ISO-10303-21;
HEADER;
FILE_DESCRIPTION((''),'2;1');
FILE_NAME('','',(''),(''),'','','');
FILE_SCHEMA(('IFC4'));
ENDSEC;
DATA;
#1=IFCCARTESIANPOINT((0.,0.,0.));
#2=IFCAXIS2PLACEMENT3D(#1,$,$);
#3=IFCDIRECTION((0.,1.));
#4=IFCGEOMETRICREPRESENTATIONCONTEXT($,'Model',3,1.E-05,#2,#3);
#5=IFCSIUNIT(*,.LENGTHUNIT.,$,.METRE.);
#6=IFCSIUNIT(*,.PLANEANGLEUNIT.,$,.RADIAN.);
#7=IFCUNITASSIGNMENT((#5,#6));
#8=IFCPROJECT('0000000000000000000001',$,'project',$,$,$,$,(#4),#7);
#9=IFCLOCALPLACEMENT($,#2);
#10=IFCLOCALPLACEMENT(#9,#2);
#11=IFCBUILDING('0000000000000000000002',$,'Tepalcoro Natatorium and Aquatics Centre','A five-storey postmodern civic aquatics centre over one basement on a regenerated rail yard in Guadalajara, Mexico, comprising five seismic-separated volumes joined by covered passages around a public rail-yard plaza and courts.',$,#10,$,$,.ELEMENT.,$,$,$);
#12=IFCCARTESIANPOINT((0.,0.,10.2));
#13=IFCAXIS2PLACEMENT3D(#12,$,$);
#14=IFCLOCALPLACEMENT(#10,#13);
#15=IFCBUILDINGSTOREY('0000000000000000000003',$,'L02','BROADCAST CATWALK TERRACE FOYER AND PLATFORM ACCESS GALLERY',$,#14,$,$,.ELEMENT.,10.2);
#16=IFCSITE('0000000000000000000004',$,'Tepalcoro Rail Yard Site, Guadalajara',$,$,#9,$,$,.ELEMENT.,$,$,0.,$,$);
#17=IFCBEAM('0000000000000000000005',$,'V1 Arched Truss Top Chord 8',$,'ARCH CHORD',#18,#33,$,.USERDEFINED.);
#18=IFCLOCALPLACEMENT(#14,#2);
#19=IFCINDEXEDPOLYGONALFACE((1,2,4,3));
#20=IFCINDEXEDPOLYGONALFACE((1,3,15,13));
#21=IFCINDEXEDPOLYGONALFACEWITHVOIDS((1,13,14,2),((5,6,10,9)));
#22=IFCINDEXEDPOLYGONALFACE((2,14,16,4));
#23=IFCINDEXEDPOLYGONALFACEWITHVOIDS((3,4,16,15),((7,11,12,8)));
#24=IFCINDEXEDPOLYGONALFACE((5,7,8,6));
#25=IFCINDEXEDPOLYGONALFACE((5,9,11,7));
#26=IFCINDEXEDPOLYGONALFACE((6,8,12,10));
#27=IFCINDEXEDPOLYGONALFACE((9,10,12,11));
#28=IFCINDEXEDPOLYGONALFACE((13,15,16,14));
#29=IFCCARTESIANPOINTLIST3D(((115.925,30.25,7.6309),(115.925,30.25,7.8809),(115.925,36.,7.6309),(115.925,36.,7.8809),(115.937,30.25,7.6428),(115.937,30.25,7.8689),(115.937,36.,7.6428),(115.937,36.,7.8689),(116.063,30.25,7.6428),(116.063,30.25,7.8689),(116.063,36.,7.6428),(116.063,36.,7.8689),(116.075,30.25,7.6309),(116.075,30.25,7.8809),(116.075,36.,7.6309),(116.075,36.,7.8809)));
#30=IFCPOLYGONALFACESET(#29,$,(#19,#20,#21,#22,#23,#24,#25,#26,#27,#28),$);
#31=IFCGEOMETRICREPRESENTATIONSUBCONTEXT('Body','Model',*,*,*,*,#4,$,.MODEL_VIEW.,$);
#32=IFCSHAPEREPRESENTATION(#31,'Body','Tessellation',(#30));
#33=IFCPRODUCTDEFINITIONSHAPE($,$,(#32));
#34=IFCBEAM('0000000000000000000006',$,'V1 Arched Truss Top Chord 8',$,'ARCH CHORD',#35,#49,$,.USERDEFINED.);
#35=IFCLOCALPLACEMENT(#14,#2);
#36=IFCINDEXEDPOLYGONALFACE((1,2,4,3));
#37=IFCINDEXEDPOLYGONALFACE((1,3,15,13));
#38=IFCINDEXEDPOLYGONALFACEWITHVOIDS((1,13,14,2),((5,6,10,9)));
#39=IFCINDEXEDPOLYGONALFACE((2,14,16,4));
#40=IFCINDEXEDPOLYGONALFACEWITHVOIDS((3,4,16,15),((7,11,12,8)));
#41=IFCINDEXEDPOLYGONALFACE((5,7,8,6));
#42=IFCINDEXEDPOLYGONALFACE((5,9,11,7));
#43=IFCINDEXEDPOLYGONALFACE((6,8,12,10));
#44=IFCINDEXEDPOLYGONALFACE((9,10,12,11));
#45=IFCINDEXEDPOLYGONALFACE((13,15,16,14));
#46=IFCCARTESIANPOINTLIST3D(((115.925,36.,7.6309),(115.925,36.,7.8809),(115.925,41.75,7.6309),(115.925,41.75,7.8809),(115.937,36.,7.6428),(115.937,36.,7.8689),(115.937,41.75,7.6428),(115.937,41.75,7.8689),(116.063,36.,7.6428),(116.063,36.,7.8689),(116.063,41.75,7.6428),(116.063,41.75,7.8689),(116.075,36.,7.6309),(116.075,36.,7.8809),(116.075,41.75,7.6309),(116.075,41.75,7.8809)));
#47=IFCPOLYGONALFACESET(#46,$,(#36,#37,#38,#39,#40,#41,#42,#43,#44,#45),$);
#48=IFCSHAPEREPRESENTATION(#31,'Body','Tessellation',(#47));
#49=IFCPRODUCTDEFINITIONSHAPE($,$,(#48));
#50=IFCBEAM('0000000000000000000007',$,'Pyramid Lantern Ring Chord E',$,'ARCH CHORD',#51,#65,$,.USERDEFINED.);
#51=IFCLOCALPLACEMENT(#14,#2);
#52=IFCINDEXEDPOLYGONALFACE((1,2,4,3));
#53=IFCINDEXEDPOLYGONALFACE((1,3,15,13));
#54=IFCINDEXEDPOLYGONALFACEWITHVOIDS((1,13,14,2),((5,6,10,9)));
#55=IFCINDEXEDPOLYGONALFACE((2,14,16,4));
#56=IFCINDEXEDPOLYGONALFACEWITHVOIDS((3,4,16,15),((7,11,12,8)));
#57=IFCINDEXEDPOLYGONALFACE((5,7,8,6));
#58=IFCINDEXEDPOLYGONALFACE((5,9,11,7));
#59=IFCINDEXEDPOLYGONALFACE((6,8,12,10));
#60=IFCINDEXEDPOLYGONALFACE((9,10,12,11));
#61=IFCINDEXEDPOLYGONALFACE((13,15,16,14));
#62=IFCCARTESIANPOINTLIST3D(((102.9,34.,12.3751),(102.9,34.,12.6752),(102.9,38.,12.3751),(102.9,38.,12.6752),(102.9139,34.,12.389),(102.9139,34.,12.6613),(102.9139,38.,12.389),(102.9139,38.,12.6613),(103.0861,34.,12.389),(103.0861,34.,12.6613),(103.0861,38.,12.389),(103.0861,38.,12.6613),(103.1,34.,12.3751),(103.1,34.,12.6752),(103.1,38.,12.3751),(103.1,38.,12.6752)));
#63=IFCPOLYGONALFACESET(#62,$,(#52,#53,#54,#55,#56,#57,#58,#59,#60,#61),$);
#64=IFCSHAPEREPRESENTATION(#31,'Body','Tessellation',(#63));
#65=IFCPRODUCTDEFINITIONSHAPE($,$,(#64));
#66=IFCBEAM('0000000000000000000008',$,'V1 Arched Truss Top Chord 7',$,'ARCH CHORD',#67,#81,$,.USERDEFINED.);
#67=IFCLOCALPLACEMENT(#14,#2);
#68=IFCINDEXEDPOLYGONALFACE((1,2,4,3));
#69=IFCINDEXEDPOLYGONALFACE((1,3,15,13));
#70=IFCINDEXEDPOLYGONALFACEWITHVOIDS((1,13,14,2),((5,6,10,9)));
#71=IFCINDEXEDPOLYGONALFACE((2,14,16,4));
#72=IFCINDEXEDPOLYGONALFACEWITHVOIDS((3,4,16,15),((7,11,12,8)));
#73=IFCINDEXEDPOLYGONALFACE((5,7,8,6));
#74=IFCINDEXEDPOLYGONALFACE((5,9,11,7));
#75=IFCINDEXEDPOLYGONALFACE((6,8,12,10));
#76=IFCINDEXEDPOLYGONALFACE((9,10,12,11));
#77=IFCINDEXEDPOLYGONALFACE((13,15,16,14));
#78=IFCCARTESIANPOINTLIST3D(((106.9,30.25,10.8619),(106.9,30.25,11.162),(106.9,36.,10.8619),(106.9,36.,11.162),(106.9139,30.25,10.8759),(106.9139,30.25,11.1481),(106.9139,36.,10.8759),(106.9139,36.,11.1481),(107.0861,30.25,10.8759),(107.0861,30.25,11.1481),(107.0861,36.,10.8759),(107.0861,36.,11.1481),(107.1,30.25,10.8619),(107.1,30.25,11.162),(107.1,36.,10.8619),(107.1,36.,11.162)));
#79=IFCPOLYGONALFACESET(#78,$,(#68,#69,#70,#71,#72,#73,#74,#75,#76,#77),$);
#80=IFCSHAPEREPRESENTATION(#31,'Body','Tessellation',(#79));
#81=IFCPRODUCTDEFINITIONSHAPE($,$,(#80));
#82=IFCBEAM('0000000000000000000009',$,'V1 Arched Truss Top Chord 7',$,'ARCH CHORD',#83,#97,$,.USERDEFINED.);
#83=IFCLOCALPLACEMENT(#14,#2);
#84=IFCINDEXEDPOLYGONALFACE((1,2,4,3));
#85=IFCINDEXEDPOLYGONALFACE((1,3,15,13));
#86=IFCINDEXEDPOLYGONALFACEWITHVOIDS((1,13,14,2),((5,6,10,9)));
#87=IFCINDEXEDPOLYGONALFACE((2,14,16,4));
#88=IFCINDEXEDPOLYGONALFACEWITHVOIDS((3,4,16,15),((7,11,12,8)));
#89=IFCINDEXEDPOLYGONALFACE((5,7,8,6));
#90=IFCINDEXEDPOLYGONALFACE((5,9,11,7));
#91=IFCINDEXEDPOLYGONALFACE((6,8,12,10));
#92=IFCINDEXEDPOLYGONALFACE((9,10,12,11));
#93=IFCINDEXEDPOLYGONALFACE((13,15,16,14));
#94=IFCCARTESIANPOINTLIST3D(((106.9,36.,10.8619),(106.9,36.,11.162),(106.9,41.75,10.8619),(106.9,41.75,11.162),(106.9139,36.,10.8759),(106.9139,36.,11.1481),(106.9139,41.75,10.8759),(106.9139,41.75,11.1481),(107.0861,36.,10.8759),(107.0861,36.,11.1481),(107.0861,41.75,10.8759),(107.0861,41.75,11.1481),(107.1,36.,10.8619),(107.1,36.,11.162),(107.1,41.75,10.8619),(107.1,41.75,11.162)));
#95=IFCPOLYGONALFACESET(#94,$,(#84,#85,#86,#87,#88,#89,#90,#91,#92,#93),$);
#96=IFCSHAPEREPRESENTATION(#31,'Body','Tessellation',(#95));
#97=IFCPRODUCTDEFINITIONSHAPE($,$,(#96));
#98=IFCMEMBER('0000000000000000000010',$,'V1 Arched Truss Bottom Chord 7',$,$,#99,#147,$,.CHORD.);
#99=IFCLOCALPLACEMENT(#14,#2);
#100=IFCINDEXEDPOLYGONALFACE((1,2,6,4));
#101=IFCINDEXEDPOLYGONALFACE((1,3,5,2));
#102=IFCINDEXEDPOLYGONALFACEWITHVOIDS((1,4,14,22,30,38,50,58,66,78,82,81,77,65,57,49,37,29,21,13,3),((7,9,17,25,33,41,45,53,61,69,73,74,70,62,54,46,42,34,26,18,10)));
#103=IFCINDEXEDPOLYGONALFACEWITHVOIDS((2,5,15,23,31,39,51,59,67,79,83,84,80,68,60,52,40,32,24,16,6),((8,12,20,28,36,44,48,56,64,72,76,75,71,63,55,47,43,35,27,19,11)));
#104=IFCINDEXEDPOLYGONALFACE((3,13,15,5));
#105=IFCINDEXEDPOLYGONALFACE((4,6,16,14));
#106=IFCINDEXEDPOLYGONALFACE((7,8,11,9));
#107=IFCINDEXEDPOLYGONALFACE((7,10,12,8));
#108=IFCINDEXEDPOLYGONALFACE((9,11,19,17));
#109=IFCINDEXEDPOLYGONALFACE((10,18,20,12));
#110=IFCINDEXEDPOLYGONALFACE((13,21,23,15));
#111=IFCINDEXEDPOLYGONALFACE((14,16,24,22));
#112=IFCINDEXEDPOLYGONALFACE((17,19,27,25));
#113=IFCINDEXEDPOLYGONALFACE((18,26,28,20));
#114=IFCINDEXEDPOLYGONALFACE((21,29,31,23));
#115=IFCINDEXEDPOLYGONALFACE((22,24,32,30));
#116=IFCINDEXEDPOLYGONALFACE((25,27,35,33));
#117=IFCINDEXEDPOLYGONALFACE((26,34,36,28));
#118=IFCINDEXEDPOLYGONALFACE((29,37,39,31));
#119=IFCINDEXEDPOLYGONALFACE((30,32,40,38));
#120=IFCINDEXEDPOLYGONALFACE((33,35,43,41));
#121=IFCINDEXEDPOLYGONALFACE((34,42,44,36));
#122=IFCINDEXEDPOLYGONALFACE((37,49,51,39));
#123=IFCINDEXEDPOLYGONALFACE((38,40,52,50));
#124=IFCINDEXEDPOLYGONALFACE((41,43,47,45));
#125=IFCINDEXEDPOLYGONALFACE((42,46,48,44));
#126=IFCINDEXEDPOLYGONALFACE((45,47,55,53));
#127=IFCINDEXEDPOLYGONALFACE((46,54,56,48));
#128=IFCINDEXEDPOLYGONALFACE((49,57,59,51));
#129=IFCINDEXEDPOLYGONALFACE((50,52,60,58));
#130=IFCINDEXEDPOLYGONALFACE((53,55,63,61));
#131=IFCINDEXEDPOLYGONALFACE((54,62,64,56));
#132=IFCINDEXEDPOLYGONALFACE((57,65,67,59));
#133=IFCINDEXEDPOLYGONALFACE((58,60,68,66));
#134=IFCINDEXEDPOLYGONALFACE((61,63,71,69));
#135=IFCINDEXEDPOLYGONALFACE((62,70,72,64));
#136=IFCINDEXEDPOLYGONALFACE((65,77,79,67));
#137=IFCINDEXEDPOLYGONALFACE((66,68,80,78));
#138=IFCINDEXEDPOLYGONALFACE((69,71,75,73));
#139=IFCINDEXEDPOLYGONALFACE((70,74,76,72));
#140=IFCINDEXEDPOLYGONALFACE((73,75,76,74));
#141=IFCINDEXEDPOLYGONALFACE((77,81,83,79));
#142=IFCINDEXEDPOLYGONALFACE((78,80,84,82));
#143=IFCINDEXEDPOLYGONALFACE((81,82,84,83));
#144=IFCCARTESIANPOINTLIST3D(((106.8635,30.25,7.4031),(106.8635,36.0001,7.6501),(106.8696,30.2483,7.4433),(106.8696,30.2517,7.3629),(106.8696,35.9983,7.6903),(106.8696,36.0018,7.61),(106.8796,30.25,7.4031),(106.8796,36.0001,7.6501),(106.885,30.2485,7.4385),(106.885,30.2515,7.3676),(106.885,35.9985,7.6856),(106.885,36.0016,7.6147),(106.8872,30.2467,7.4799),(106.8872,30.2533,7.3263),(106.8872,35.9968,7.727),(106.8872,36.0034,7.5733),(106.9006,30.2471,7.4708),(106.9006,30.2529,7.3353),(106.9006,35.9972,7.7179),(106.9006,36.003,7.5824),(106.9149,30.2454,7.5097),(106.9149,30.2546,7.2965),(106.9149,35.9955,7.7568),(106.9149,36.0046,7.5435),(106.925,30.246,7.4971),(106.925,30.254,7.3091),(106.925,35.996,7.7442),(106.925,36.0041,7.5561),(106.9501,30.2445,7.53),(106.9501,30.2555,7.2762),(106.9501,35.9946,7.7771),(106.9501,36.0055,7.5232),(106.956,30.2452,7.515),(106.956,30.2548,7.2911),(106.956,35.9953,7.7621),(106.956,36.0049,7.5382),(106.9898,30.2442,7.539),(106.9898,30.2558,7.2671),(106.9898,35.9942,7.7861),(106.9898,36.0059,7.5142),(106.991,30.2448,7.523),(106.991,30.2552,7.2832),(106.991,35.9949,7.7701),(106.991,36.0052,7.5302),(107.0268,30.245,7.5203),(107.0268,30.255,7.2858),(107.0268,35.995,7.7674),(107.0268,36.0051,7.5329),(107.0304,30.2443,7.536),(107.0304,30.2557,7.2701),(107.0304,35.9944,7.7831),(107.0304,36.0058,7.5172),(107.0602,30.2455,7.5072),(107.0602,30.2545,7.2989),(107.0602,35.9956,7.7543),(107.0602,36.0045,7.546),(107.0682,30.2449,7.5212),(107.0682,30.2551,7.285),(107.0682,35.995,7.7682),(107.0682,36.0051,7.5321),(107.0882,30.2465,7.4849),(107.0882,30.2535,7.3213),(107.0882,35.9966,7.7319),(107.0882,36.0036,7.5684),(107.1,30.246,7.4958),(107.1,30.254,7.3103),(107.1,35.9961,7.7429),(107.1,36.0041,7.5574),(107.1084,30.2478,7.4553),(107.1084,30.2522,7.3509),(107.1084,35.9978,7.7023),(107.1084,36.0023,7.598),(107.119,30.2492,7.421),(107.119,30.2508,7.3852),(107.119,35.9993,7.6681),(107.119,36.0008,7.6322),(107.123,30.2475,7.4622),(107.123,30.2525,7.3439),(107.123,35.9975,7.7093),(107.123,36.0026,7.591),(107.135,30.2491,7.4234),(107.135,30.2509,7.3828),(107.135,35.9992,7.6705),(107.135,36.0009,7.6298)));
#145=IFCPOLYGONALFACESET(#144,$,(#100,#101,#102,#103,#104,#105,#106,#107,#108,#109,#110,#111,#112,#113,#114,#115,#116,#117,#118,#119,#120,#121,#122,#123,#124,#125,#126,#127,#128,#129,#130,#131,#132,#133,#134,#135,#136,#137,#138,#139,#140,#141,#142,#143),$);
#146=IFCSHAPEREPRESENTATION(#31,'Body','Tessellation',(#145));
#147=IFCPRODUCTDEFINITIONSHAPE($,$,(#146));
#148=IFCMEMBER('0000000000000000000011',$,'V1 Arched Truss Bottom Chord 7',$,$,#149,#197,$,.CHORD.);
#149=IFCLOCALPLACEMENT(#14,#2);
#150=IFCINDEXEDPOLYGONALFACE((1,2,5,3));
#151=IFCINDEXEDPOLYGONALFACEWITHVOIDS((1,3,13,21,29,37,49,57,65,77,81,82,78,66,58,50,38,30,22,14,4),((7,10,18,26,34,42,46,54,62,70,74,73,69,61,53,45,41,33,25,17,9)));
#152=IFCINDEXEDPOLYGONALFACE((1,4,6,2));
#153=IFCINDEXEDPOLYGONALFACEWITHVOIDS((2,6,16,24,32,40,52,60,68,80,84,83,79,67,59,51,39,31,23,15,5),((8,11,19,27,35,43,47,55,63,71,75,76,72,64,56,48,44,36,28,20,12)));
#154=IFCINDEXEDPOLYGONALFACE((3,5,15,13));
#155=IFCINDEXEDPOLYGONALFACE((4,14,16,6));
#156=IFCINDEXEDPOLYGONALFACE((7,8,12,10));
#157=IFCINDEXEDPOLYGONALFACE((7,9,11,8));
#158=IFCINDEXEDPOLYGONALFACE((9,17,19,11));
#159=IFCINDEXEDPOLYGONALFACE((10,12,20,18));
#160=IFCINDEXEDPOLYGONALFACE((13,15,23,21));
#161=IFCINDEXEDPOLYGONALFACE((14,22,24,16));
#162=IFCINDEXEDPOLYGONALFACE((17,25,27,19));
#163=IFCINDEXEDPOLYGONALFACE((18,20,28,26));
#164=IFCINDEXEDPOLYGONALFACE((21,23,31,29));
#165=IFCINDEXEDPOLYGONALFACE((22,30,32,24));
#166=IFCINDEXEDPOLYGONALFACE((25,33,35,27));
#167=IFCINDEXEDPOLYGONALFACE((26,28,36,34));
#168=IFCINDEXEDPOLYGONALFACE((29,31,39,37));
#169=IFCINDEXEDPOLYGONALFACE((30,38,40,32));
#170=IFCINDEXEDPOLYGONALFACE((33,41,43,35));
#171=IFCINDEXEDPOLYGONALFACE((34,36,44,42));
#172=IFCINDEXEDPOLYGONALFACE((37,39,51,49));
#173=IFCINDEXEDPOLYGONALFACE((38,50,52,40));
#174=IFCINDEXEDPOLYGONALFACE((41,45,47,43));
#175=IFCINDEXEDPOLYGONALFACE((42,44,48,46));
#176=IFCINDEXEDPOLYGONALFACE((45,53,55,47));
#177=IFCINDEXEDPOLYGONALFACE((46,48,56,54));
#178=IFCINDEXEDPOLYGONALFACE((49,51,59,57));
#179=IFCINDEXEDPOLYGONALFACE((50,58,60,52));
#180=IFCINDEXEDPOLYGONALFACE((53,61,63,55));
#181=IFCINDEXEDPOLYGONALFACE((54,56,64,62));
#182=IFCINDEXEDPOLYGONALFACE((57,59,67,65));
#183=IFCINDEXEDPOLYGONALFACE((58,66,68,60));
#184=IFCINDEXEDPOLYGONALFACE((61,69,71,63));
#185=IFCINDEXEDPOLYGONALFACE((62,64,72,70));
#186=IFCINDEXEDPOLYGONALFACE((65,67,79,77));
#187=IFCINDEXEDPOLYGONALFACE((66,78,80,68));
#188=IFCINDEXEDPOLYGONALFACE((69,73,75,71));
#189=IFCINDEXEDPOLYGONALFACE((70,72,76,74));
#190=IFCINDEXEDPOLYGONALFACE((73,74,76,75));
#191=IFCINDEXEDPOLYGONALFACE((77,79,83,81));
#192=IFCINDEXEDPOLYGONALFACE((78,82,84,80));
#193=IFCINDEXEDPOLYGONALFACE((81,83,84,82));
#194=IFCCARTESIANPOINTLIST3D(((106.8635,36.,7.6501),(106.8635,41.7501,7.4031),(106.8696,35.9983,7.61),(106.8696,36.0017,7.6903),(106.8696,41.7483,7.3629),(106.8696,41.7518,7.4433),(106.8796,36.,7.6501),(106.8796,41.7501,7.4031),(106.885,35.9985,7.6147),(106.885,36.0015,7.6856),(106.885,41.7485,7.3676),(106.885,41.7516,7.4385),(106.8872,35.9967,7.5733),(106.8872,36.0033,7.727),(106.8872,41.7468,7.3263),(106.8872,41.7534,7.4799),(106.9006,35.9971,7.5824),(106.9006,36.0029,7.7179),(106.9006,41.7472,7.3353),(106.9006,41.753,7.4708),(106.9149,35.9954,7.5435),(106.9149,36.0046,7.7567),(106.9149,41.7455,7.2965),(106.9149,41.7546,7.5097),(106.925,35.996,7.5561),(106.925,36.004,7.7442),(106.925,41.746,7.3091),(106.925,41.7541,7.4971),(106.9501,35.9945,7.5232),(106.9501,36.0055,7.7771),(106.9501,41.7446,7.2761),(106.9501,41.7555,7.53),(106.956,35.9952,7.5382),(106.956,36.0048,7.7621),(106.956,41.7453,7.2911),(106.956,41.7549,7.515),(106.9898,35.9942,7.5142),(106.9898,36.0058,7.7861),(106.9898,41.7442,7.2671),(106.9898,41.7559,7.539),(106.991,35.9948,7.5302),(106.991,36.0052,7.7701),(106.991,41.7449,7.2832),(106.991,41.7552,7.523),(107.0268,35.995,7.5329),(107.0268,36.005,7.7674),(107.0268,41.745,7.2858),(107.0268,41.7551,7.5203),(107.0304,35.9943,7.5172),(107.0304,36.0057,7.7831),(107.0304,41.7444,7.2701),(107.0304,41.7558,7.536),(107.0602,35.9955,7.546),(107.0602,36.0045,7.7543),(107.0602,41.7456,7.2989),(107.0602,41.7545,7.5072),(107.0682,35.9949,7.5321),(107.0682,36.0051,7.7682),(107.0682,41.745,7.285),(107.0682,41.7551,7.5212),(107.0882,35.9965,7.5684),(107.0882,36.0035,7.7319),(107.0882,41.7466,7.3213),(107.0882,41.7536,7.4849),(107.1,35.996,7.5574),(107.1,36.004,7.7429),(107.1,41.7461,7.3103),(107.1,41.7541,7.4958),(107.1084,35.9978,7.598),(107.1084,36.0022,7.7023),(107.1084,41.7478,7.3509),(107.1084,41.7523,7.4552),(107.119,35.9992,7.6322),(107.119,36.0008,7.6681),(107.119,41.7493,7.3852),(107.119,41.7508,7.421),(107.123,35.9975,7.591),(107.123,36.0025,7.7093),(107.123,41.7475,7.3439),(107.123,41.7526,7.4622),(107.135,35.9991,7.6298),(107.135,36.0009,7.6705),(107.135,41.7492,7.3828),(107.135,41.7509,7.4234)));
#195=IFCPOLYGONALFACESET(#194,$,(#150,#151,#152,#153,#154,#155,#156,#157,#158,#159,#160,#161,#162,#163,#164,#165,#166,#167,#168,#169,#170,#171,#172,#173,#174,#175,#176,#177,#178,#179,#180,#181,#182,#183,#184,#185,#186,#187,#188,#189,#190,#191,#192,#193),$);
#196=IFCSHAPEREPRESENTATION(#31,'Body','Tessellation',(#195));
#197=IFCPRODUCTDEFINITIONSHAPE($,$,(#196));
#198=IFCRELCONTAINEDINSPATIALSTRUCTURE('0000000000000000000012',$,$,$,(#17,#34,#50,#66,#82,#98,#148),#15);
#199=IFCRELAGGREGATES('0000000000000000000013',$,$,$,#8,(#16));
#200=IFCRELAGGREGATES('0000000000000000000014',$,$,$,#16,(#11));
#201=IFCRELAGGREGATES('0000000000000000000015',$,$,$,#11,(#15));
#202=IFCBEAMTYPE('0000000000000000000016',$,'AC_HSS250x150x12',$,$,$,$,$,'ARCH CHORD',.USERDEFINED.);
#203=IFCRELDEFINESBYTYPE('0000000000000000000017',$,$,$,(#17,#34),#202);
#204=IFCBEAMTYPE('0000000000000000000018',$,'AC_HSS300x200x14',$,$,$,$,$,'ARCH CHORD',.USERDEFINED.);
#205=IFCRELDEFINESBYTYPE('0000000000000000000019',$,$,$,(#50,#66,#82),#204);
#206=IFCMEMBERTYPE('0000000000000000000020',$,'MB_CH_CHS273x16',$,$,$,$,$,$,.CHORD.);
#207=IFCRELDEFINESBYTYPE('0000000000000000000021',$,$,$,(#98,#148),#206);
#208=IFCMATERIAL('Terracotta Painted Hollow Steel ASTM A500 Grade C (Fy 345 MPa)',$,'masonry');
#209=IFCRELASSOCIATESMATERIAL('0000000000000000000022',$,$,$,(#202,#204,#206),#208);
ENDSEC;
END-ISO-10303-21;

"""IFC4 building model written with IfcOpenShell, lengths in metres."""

from ifc_helpers import new_model, si_unit, direction, frame, origin, origin_2d, place, context, subcontext, project, spatial, hollow_rectangle, hollow_circle, extrude, material, material_profile, profile_set, type_object, element, save


model = new_model("IFC4")

# Units and contexts
model_context = context("Model", 3, precision=1e-05, world=origin(), true_north=direction((0.0, 1.0)))
body_context = subcontext(model_context, "Body", "Model", "MODEL_VIEW")
ifc_project = project(units=[si_unit("LENGTHUNIT", "METRE"), si_unit("PLANEANGLEUNIT", "RADIAN")], contexts=[model_context])

# Site, building, storey
site_placement = place(None, origin())
site = spatial("IfcSite", under=ifc_project, at=site_placement, Name="Tepalcoro Rail Yard Site, Guadalajara", CompositionType="ELEMENT", RefElevation=0.0)
building_placement = place(site_placement, origin())
building = spatial("IfcBuilding", under=site, at=building_placement, Name="Tepalcoro Natatorium and Aquatics Centre", Description="A five-storey postmodern civic aquatics centre over one basement on a regenerated rail yard in Guadalajara, Mexico, comprising five seismic-separated volumes joined by covered passages around a public rail-yard plaza and courts.", CompositionType="ELEMENT")
storey_placement = place(building_placement, frame((0.0, 0.0, 10.2)))
storey = spatial("IfcBuildingStorey", under=building, at=storey_placement, Name="L02", Description="BROADCAST CATWALK TERRACE FOYER AND PLATFORM ACCESS GALLERY", CompositionType="ELEMENT", Elevation=10.2)

# Beams
ifc_material_1 = material(Name="Terracotta Painted Hollow Steel ASTM A500 Grade C (Fy 345 MPa)", Category="masonry")
ifc_material_profile_1 = material_profile(ifc_material_1, hollow_rectangle(XDim=0.1499, YDim=0.25, WallThickness=0.012, at=origin_2d()), Name="HSS250X150X12")
ifc_profile_set_1 = profile_set([ifc_material_profile_1], Name="Terracotta Painted Hollow Steel ASTM A500 Grade C (Fy 345 MPa)")
beam_type_1 = type_object("IfcBeamType", Name="AC_HSS250x150x12", ElementType="ARCH CHORD", PredefinedType="USERDEFINED", material=ifc_profile_set_1)
for number, where, z_axis, x_axis, name in (
    (1, (116.0, 30.25, 7.7559), (0.0, 1.0, 0.0), (-1.0, 0.0, 0.0), "V1 Arched Truss Top Chord 8"),
    (2, (116.0, 36.0, 7.7559), (0.0, 1.0, 0.0), (-1.0, 0.0, 0.0), "V1 Arched Truss Top Chord 8"),
):
    element("IfcBeam", number, at=place(storey_placement, frame(where, z_axis=z_axis, x_axis=x_axis)), inside=storey, type_object=beam_type_1, Name=name, ObjectType="ARCH CHORD", PredefinedType="USERDEFINED", context=body_context, shape_type="SweptSolid", body=[
        extrude(hollow_rectangle(XDim=0.1499, YDim=0.25, WallThickness=0.012, at=origin_2d()), origin(), (0.0, 0.0, 1.0), 5.75),
    ])
ifc_material_profile_2 = material_profile(ifc_material_1, hollow_rectangle(XDim=0.2, YDim=0.3, WallThickness=0.0139, at=origin_2d()), Name="HSS300X200X14")
ifc_profile_set_2 = profile_set([ifc_material_profile_2], Name="Terracotta Painted Hollow Steel ASTM A500 Grade C (Fy 345 MPa)")
beam_type_2 = type_object("IfcBeamType", Name="AC_HSS300x200x14", ElementType="ARCH CHORD", PredefinedType="USERDEFINED", material=ifc_profile_set_2)
beam_placement = place(storey_placement, frame((103.0, 34.0, 12.5251), z_axis=(0.0, 1.0, 0.0), x_axis=(-1.0, 0.0, 0.0)))
element("IfcBeam", 3, at=beam_placement, inside=storey, type_object=beam_type_2, Name="Pyramid Lantern Ring Chord E", ObjectType="ARCH CHORD", PredefinedType="USERDEFINED", context=body_context, shape_type="SweptSolid", body=[
    extrude(hollow_rectangle(XDim=0.2, YDim=0.3, WallThickness=0.0139, at=origin_2d()), origin(), (0.0, 0.0, 1.0), 4.0),
])
for number, where, z_axis, x_axis, name in (
    (4, (107.0, 30.25, 11.012), (0.0, 1.0, 0.0), (-1.0, 0.0, 0.0), "V1 Arched Truss Top Chord 7"),
    (5, (107.0, 36.0, 11.012), (0.0, 1.0, 0.0), (-1.0, 0.0, 0.0), "V1 Arched Truss Top Chord 7"),
):
    element("IfcBeam", number, at=place(storey_placement, frame(where, z_axis=z_axis, x_axis=x_axis)), inside=storey, type_object=beam_type_2, Name=name, ObjectType="ARCH CHORD", PredefinedType="USERDEFINED", context=body_context, shape_type="SweptSolid", body=[
        extrude(hollow_rectangle(XDim=0.2, YDim=0.3, WallThickness=0.0139, at=origin_2d()), origin(), (0.0, 0.0, 1.0), 5.75),
    ])

# Members
ifc_material_profile_3 = material_profile(ifc_material_1, hollow_circle(Radius=0.1365, WallThickness=0.0161, at=origin_2d()), Name="CHS273X16")
ifc_profile_set_3 = profile_set([ifc_material_profile_3], Name="Terracotta Painted Hollow Steel ASTM A500 Grade C (Fy 345 MPa)")
member_type_1 = type_object("IfcMemberType", Name="MB_CH_CHS273x16", PredefinedType="CHORD", material=ifc_profile_set_3)
for number, where, z_axis, x_axis, name in (
    (6, (107.0, 30.25, 7.4031), (0.0, 0.999078, 0.042929), (-1.0, 0.0, 0.0), "V1 Arched Truss Bottom Chord 7"),
    (7, (107.0, 36.0, 7.6501), (0.0, 0.999078, -0.042929), (-1.0, 0.0, 0.0), "V1 Arched Truss Bottom Chord 7"),
):
    element("IfcMember", number, at=place(storey_placement, frame(where, z_axis=z_axis, x_axis=x_axis)), inside=storey, type_object=member_type_1, Name=name, PredefinedType="CHORD", context=body_context, shape_type="SweptSolid", body=[
        extrude(hollow_circle(Radius=0.1365, WallThickness=0.0161, at=origin_2d()), origin(), (0.0, 0.0, 1.0), 5.7554),
    ])

save(model, "model.ifc")
